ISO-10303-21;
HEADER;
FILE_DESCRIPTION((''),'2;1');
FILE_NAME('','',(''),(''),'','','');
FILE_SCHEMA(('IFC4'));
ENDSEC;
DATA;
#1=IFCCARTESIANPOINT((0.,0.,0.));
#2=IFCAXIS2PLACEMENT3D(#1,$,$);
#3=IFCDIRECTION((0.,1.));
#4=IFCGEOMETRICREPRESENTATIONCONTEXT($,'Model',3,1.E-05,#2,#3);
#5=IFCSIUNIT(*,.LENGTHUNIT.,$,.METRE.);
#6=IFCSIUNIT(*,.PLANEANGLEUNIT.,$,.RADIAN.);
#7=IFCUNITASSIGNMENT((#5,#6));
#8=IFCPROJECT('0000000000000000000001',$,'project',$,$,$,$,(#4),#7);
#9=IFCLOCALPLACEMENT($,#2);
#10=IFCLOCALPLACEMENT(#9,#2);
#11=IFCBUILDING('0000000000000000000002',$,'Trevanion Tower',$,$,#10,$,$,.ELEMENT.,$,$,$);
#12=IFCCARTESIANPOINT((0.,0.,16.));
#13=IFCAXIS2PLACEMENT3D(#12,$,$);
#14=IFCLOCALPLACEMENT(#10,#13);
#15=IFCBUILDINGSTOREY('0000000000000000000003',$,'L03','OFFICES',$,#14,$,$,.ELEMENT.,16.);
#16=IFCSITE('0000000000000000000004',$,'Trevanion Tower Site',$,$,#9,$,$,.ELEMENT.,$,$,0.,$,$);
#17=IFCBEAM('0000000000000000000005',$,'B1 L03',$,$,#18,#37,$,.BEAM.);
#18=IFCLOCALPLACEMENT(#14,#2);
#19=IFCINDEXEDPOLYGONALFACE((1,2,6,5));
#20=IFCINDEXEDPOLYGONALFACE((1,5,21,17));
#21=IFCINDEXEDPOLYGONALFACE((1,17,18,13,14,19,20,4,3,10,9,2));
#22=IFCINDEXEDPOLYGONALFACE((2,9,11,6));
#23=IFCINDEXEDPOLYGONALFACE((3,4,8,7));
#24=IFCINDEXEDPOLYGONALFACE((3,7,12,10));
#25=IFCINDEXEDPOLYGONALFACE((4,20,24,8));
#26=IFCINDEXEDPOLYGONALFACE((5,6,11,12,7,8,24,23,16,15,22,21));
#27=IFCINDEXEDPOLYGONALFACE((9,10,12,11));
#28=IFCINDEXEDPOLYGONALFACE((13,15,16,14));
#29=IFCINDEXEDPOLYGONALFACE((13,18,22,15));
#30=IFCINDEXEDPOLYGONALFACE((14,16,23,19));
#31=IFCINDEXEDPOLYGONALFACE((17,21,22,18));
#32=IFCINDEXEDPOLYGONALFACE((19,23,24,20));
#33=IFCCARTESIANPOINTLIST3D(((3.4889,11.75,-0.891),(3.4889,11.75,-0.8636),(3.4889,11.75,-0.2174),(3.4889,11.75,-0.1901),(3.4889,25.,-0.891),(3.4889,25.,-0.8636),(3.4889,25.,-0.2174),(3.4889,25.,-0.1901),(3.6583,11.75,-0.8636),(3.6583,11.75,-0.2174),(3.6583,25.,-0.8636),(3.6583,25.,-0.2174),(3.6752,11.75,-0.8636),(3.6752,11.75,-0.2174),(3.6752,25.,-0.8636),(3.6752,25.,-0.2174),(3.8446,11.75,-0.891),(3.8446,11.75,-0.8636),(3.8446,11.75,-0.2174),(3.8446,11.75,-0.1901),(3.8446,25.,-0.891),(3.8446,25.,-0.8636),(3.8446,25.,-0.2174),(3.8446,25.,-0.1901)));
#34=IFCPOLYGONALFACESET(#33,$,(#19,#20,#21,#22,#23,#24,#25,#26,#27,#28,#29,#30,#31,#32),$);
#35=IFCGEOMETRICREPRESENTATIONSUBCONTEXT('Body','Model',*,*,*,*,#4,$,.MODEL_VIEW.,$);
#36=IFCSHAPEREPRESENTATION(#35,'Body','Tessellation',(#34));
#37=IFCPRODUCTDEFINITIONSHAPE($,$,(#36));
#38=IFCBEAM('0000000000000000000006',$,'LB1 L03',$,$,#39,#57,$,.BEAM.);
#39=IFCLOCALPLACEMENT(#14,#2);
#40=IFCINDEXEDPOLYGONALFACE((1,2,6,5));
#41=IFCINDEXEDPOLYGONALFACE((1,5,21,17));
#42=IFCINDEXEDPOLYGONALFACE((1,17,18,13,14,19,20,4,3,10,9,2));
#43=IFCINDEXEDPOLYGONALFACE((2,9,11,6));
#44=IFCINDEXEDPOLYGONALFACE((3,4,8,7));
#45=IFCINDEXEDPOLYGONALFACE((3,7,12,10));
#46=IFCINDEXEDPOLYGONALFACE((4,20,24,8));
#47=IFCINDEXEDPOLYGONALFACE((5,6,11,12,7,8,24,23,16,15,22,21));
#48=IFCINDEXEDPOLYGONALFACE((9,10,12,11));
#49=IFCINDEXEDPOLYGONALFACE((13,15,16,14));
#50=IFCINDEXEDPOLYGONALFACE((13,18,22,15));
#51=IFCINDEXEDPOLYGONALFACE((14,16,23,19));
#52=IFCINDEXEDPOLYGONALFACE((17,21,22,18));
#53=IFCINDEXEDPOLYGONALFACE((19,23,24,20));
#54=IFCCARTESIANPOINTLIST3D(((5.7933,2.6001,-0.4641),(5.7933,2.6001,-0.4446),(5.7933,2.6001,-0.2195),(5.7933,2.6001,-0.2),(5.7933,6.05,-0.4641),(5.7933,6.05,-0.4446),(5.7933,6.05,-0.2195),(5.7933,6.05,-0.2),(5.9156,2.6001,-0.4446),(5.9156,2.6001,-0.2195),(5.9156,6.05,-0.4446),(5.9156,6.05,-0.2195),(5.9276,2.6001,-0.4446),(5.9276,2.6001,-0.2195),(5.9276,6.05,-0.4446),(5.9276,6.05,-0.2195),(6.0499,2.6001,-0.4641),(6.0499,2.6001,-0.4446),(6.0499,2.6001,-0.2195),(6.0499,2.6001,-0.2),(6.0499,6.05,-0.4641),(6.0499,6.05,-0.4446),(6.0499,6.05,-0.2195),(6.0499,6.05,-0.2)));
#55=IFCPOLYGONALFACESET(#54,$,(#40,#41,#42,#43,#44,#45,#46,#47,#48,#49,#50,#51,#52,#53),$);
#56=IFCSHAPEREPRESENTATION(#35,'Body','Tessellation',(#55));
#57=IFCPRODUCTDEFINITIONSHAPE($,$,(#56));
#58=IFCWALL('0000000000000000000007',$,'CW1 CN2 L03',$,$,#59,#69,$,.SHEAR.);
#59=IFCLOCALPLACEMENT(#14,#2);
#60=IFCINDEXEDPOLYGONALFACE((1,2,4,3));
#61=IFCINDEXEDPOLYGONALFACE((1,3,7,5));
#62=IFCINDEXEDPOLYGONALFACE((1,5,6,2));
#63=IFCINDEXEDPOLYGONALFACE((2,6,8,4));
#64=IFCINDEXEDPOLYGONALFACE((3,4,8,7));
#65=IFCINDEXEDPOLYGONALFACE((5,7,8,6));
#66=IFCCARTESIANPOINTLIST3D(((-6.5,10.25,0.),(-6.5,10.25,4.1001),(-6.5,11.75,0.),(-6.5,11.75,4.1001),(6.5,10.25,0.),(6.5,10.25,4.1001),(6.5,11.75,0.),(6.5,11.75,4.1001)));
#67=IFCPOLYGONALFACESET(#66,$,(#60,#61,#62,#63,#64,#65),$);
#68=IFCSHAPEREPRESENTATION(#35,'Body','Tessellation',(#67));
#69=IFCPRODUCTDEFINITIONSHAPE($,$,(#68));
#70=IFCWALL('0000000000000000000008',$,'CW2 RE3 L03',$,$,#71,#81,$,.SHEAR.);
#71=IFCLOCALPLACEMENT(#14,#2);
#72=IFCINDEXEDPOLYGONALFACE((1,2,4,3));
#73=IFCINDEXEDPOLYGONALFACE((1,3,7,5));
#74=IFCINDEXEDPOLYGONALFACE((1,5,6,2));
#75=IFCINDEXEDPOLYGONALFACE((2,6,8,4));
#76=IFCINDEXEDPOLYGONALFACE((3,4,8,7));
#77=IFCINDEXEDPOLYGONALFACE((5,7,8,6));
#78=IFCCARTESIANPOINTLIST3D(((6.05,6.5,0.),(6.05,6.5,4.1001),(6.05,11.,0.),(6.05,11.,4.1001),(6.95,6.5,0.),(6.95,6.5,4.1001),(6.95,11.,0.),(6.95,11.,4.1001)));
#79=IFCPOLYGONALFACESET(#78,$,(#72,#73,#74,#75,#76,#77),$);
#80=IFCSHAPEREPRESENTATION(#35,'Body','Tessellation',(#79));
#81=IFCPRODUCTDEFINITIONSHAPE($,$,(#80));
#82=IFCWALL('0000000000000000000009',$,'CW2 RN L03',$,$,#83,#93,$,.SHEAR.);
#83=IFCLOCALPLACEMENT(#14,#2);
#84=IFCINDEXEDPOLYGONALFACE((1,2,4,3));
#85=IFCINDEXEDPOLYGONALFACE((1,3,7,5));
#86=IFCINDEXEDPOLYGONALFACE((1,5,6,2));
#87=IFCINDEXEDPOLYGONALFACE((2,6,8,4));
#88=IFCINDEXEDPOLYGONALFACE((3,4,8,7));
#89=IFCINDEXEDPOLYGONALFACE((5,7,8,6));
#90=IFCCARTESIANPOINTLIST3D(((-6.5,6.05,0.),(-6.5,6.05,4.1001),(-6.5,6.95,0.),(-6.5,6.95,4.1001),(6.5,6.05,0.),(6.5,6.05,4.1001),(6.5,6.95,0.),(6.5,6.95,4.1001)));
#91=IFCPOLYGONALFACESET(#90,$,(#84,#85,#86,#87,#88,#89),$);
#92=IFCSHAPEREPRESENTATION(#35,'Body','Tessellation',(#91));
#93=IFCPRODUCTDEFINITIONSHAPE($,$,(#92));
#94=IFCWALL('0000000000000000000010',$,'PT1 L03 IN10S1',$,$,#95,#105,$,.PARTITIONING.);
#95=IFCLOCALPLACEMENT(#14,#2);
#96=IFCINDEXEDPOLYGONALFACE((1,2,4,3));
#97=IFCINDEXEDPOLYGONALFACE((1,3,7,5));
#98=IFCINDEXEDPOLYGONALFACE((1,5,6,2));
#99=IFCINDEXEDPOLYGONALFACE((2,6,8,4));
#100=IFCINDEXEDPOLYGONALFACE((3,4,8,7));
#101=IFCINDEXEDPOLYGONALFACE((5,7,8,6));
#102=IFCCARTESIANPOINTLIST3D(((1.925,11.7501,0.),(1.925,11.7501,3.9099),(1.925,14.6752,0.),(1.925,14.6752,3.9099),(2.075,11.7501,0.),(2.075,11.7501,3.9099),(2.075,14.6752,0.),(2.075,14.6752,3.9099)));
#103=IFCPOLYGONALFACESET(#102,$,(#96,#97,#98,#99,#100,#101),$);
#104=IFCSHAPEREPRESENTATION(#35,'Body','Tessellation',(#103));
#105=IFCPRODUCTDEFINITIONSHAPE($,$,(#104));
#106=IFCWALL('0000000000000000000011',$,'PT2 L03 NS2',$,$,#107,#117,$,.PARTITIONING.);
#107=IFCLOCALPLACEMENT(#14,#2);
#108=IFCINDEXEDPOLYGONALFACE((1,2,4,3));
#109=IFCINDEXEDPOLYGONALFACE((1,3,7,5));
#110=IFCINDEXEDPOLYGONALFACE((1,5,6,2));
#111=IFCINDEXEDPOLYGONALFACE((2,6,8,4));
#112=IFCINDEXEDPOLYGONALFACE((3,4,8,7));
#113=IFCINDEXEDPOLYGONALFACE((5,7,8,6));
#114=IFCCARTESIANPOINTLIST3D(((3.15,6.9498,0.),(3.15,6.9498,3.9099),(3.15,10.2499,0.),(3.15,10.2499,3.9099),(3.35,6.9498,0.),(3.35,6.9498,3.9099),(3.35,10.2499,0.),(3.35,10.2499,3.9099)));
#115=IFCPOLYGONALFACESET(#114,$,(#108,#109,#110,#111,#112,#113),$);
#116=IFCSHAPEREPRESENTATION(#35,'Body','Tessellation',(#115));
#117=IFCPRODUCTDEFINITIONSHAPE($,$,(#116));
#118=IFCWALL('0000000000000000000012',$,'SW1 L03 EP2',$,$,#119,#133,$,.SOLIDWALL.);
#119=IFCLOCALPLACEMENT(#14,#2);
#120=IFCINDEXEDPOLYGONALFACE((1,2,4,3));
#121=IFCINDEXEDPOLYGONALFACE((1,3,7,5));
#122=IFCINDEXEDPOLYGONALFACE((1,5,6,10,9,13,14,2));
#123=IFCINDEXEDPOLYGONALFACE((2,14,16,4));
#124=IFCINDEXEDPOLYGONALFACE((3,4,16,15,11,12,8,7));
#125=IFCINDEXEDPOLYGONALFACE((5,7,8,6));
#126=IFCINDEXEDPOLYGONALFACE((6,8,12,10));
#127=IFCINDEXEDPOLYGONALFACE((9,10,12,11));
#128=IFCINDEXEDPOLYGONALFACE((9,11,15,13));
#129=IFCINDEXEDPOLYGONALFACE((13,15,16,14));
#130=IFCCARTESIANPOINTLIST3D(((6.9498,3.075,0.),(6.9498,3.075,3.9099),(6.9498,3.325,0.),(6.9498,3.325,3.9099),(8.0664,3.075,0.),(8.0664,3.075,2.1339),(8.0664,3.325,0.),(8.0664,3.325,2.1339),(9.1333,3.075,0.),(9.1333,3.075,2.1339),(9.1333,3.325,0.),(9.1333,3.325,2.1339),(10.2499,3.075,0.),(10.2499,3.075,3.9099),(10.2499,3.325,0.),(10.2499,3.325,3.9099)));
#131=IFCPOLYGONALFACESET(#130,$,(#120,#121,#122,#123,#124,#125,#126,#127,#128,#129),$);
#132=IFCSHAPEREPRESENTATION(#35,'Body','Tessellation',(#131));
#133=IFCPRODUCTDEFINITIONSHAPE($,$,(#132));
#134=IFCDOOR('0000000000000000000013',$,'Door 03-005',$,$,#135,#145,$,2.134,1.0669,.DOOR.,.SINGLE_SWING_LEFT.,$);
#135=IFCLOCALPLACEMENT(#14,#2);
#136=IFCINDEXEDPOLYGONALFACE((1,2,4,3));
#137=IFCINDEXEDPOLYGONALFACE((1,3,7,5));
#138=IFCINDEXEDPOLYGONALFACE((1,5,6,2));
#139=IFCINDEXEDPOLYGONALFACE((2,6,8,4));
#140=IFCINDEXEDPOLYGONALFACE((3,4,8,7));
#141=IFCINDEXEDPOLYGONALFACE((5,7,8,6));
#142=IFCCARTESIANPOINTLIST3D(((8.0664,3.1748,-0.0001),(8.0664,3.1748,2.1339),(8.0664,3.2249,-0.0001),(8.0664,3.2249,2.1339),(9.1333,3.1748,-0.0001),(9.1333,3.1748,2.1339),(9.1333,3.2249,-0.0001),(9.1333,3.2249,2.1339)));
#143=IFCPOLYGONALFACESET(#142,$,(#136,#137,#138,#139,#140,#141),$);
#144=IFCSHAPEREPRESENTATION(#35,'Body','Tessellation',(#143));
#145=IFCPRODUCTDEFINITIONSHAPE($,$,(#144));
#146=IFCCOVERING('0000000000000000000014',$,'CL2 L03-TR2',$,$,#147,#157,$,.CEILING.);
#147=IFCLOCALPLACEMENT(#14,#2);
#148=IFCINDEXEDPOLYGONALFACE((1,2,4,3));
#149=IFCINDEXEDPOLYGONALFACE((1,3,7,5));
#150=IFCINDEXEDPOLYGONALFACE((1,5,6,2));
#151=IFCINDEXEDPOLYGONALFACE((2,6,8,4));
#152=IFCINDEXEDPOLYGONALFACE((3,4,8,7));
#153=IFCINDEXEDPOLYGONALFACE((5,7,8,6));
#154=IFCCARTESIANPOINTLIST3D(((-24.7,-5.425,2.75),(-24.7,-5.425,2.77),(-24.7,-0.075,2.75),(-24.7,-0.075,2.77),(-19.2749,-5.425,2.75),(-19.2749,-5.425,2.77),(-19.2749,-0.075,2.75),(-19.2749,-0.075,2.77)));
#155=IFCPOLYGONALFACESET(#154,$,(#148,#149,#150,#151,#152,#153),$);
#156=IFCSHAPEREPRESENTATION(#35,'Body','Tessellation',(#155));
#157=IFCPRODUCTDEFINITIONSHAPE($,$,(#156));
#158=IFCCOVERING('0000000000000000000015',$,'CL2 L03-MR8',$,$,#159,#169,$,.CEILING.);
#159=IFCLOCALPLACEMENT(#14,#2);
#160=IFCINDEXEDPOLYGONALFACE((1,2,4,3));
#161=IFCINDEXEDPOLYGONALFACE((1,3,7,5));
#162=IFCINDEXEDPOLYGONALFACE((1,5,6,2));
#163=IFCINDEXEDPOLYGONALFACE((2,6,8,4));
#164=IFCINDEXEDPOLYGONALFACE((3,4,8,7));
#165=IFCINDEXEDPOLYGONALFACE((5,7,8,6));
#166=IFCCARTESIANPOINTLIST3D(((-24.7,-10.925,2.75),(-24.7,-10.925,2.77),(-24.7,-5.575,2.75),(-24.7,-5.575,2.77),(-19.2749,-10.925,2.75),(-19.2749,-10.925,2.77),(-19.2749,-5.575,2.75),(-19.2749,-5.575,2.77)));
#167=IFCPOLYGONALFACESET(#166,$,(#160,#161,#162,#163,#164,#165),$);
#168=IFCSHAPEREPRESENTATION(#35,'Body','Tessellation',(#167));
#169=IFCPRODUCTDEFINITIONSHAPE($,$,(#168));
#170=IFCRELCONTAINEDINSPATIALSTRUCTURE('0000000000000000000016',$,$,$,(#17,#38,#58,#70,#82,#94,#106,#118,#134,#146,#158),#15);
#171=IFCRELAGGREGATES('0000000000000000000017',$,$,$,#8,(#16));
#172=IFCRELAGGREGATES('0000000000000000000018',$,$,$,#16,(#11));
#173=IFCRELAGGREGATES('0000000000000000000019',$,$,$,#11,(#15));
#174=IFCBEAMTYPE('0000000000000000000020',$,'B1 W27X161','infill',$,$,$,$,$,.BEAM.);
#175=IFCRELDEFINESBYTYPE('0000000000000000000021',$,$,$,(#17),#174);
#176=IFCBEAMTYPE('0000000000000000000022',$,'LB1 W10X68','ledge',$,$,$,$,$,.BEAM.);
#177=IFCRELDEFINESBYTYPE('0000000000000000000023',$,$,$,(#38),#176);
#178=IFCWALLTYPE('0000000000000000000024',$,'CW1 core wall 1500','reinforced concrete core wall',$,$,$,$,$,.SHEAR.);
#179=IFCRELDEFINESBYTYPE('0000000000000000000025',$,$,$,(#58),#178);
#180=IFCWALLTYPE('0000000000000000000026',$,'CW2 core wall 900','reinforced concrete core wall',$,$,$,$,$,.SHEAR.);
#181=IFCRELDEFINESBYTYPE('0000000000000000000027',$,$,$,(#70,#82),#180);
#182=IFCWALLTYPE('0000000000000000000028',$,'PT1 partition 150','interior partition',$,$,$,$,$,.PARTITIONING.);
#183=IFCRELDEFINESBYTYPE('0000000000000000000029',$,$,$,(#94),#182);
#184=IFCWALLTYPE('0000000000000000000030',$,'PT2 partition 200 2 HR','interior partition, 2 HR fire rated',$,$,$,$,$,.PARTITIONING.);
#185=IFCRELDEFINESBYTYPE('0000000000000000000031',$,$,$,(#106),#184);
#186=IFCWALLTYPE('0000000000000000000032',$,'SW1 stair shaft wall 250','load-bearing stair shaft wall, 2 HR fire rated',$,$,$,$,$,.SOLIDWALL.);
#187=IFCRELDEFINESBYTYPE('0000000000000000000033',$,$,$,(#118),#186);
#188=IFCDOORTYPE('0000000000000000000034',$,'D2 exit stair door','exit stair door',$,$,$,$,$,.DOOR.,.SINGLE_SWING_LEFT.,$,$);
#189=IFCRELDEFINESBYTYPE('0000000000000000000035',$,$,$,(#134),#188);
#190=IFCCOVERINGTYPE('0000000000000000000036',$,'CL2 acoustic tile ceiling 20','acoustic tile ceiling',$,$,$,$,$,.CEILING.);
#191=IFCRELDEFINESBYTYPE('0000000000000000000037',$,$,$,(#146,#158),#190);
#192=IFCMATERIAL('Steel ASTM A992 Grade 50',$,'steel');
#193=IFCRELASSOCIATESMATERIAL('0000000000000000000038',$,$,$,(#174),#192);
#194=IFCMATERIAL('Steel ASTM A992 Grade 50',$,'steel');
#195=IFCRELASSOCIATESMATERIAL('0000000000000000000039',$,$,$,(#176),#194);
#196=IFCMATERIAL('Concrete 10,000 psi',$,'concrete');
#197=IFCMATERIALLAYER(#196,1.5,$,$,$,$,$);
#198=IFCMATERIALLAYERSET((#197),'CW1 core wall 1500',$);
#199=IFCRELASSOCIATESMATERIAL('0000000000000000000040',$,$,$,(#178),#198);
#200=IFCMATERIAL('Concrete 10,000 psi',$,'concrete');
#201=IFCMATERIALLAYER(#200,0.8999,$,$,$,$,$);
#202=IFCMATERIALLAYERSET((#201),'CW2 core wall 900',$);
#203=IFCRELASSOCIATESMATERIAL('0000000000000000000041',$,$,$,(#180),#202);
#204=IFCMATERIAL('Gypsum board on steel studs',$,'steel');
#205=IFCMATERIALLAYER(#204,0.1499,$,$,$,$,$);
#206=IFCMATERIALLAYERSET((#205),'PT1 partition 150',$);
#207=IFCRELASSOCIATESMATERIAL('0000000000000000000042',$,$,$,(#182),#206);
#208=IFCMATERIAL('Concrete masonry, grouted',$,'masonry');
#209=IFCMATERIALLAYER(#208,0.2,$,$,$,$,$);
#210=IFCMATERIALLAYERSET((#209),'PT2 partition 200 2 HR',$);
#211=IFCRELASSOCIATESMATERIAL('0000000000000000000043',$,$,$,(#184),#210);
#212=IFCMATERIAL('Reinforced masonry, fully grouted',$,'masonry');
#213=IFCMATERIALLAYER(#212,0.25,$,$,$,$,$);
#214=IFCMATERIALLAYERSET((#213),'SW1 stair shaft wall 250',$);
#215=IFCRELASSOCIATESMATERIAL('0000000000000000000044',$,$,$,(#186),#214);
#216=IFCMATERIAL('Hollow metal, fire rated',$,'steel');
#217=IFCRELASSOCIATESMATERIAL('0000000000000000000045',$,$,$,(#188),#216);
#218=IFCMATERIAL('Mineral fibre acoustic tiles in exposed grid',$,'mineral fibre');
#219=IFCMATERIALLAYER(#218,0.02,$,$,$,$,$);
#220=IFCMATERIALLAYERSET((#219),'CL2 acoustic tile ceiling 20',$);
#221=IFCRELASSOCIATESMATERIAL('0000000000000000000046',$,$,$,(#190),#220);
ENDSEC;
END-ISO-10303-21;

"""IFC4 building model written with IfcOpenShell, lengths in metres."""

from ifc_helpers import new_model, si_unit, direction, frame, frame_2d, origin, origin_2d, place, context, subcontext, project, spatial, polyline, rectangle, i_section, outline, extrude, material, layer, layer_set, material_profile, profile_set, type_object, element, fill, save


model = new_model("IFC4")

# Units and contexts
model_context = context("Model", 3, precision=1e-05, world=origin(), true_north=direction((0.0, 1.0)))
body_context = subcontext(model_context, "Body", "Model", "MODEL_VIEW")
ifc_project = project(units=[si_unit("LENGTHUNIT", "METRE"), si_unit("PLANEANGLEUNIT", "RADIAN")], contexts=[model_context])

# Site, building, storey
site_placement = place(None, origin())
site = spatial("IfcSite", under=ifc_project, at=site_placement, Name="Trevanion Tower Site", CompositionType="ELEMENT", RefElevation=0.0)
building_placement = place(site_placement, origin())
building = spatial("IfcBuilding", under=site, at=building_placement, Name="Trevanion Tower", CompositionType="ELEMENT")
storey_placement = place(building_placement, frame((0.0, 0.0, 16.0)))
storey = spatial("IfcBuildingStorey", under=building, at=storey_placement, Name="L03", Description="OFFICES", CompositionType="ELEMENT", Elevation=16.0)

# Beams
ifc_material_1 = material(Name="Steel ASTM A992 Grade 50", Category="steel")
ifc_material_profile_1 = material_profile(ifc_material_1, i_section(OverallWidth=0.3557, OverallDepth=0.7009, WebThickness=0.0168, FlangeThickness=0.0273, at=origin_2d()), Name="W27X161")
ifc_profile_set_1 = profile_set([ifc_material_profile_1], Name="Steel ASTM A992 Grade 50")
beam_type_1 = type_object("IfcBeamType", Name="B1 W27X161", Description="infill", PredefinedType="BEAM", material=ifc_profile_set_1)
beam_1_placement = place(storey_placement, frame((3.6667, 11.75, -0.5405), z_axis=(0.0, 1.0, 0.0), x_axis=(-1.0, 0.0, 0.0)))
element("IfcBeam", 1, at=beam_1_placement, inside=storey, type_object=beam_type_1, Name="B1 L03", PredefinedType="BEAM", context=body_context, shape_type="SweptSolid", body=[
    extrude(i_section(OverallWidth=0.3557, OverallDepth=0.7009, WebThickness=0.0168, FlangeThickness=0.0273, at=origin_2d()), origin(), (0.0, 0.0, 1.0), 13.25),
])
ifc_material_2 = material(Name="Steel ASTM A992 Grade 50", Category="steel")
ifc_material_profile_2 = material_profile(ifc_material_2, i_section(OverallWidth=0.2566, OverallDepth=0.2642, WebThickness=0.012, FlangeThickness=0.0195, at=origin_2d()), Name="W10X68")
ifc_profile_set_2 = profile_set([ifc_material_profile_2], Name="Steel ASTM A992 Grade 50")
beam_type_2 = type_object("IfcBeamType", Name="LB1 W10X68", Description="ledge", PredefinedType="BEAM", material=ifc_profile_set_2)
beam_2_placement = place(storey_placement, frame((5.9216, 2.6001, -0.332), z_axis=(0.0, 1.0, 0.0), x_axis=(-1.0, 0.0, 0.0)))
element("IfcBeam", 2, at=beam_2_placement, inside=storey, type_object=beam_type_2, Name="LB1 L03", PredefinedType="BEAM", context=body_context, shape_type="SweptSolid", body=[
    extrude(i_section(OverallWidth=0.2566, OverallDepth=0.2642, WebThickness=0.012, FlangeThickness=0.0195, at=origin_2d()), origin(), (0.0, 0.0, 1.0), 3.45),
])

# Walls
ifc_material_3 = material(Name="Concrete 10,000 psi", Category="concrete")
ifc_layer_1 = layer(ifc_material_3, 1.5)
ifc_layer_set_1 = layer_set([ifc_layer_1], Name="CW1 core wall 1500")
wall_type_1 = type_object("IfcWallType", Name="CW1 core wall 1500", Description="reinforced concrete core wall", PredefinedType="SHEAR", material=ifc_layer_set_1)
wall_1_placement = place(storey_placement, frame((6.5, 11.0, 0.0), z_axis=(0.0, 0.0, 1.0), x_axis=(-1.0, 0.0, 0.0)))
element("IfcWall", 3, at=wall_1_placement, inside=storey, type_object=wall_type_1, Name="CW1 CN2 L03", PredefinedType="SHEAR", context=body_context, shape_type="SweptSolid", body=[
    extrude(rectangle(XDim=13.0, YDim=1.5, at=frame_2d((6.5, 0.0))), origin(), (0.0, 0.0, 1.0), 4.1001),
])
ifc_material_4 = material(Name="Concrete 10,000 psi", Category="concrete")
ifc_layer_2 = layer(ifc_material_4, 0.8999)
ifc_layer_set_2 = layer_set([ifc_layer_2], Name="CW2 core wall 900")
wall_type_2 = type_object("IfcWallType", Name="CW2 core wall 900", Description="reinforced concrete core wall", PredefinedType="SHEAR", material=ifc_layer_set_2)
wall_2_placement = place(storey_placement, frame((6.5, 6.5, 0.0), z_axis=(0.0, 0.0, 1.0), x_axis=(0.0, 1.0, 0.0)))
element("IfcWall", 4, at=wall_2_placement, inside=storey, type_object=wall_type_2, Name="CW2 RE3 L03", PredefinedType="SHEAR", context=body_context, shape_type="SweptSolid", body=[
    extrude(rectangle(XDim=4.5, YDim=0.8999, at=frame_2d((2.25, 0.0))), origin(), (0.0, 0.0, 1.0), 4.1001),
])
wall_3_placement = place(storey_placement, frame((6.5, 6.5, 0.0), z_axis=(0.0, 0.0, 1.0), x_axis=(-1.0, 0.0, 0.0)))
element("IfcWall", 5, at=wall_3_placement, inside=storey, type_object=wall_type_2, Name="CW2 RN L03", PredefinedType="SHEAR", context=body_context, shape_type="SweptSolid", body=[
    extrude(rectangle(XDim=13.0, YDim=0.8999, at=frame_2d((6.5, 0.0))), origin(), (0.0, 0.0, 1.0), 4.1001),
])
ifc_material_5 = material(Name="Gypsum board on steel studs", Category="steel")
ifc_layer_3 = layer(ifc_material_5, 0.1499)
ifc_layer_set_3 = layer_set([ifc_layer_3], Name="PT1 partition 150")
wall_type_3 = type_object("IfcWallType", Name="PT1 partition 150", Description="interior partition", PredefinedType="PARTITIONING", material=ifc_layer_set_3)
wall_4_placement = place(storey_placement, frame((2.0, 14.675, 0.0), z_axis=(0.0, 0.0, 1.0), x_axis=(0.0, -1.0, 0.0)))
element("IfcWall", 6, at=wall_4_placement, inside=storey, type_object=wall_type_3, Name="PT1 L03 IN10S1", PredefinedType="PARTITIONING", context=body_context, shape_type="SweptSolid", body=[
    extrude(rectangle(XDim=2.925, YDim=0.1499, at=frame_2d((1.4624, 0.0))), origin(), (0.0, 0.0, 1.0), 3.9099),
])
ifc_material_6 = material(Name="Concrete masonry, grouted", Category="masonry")
ifc_layer_4 = layer(ifc_material_6, 0.2)
ifc_layer_set_4 = layer_set([ifc_layer_4], Name="PT2 partition 200 2 HR")
wall_type_4 = type_object("IfcWallType", Name="PT2 partition 200 2 HR", Description="interior partition, 2 HR fire rated", PredefinedType="PARTITIONING", material=ifc_layer_set_4)
wall_5_placement = place(storey_placement, frame((3.25, 6.95, 0.0), z_axis=(0.0, 0.0, 1.0), x_axis=(0.0, 1.0, 0.0)))
element("IfcWall", 7, at=wall_5_placement, inside=storey, type_object=wall_type_4, Name="PT2 L03 NS2", PredefinedType="PARTITIONING", context=body_context, shape_type="SweptSolid", body=[
    extrude(rectangle(XDim=3.3, YDim=0.2, at=frame_2d((1.6499, 0.0))), origin(), (0.0, 0.0, 1.0), 3.9099),
])

# Wall, opening, door
ifc_material_7 = material(Name="Reinforced masonry, fully grouted", Category="masonry")
ifc_layer_5 = layer(ifc_material_7, 0.25)
ifc_layer_set_5 = layer_set([ifc_layer_5], Name="SW1 stair shaft wall 250")
wall_type_5 = type_object("IfcWallType", Name="SW1 stair shaft wall 250", Description="load-bearing stair shaft wall, 2 HR fire rated", PredefinedType="SOLIDWALL", material=ifc_layer_set_5)
wall_6_placement = place(storey_placement, frame((6.95, 3.2, 0.0), z_axis=(0.0, 0.0, 1.0), x_axis=(1.0, 0.0, 0.0)))
wall_6 = element("IfcWall", 8, at=wall_6_placement, inside=storey, type_object=wall_type_5, Name="SW1 L03 EP2", PredefinedType="SOLIDWALL", context=body_context, shape_type="SweptSolid", body=[
    extrude(rectangle(XDim=3.3, YDim=0.25, at=frame_2d((1.6499, 0.0))), origin(), (0.0, 0.0, 1.0), 3.9099),
])
opening_placement = place(wall_6_placement, frame((1.1165, 0.0, 0.0)))
opening = element("IfcOpeningElement", 9, at=opening_placement, cuts=wall_6, PredefinedType="OPENING", context=body_context, shape_type="SweptSolid", body=[
    extrude(rectangle(XDim=1.0669, YDim=2.134, at=frame_2d((0.5334, 1.0669))), frame((0.0, 0.135, 0.0), z_axis=(0.0, -1.0, 0.0), x_axis=(1.0, 0.0, 0.0)), (0.0, 0.0, 1.0), 0.27),
])
ifc_material_8 = material(Name="Hollow metal, fire rated", Category="steel")
door_type = type_object("IfcDoorType", Name="D2 exit stair door", Description="exit stair door", OperationType="SINGLE_SWING_LEFT", PredefinedType="DOOR", material=ifc_material_8)
door_placement = place(opening_placement, origin())
door = element("IfcDoor", 10, at=door_placement, inside=storey, type_object=door_type, Name="Door 03-005", OperationType="SINGLE_SWING_LEFT", OverallHeight=2.134, OverallWidth=1.0669, PredefinedType="DOOR", context=body_context, shape_type="SweptSolid", body=[
    extrude(rectangle(XDim=1.0669, YDim=2.134, at=frame_2d((0.5334, 1.0669))), frame((0.0, 0.0249, 0.0), z_axis=(0.0, -1.0, 0.0), x_axis=(1.0, 0.0, 0.0)), (0.0, 0.0, 1.0), 0.05),
])
fill(opening, door)

# Coverings
ifc_material_9 = material(Name="Mineral fibre acoustic tiles in exposed grid", Category="mineral fibre")
ifc_layer_6 = layer(ifc_material_9, 0.02)
ifc_layer_set_6 = layer_set([ifc_layer_6], Name="CL2 acoustic tile ceiling 20")
covering_type_1 = type_object("IfcCoveringType", Name="CL2 acoustic tile ceiling 20", Description="acoustic tile ceiling", PredefinedType="CEILING", material=ifc_layer_set_6)
covering_1_placement = place(storey_placement, frame((0.0, 0.0, 2.75)))
element("IfcCovering", 11, at=covering_1_placement, inside=storey, type_object=covering_type_1, Name="CL2 L03-TR2", PredefinedType="CEILING", context=body_context, shape_type="SweptSolid", body=[
    extrude(outline(polyline([(-19.2749, -0.075), (-19.2749, -5.425), (-24.7, -5.425), (-24.7, -0.075), (-19.2749, -0.075)])), origin(), (0.0, 0.0, 1.0), 0.02),
])
covering_2_placement = place(storey_placement, frame((0.0, 0.0, 2.75)))
element("IfcCovering", 12, at=covering_2_placement, inside=storey, type_object=covering_type_1, Name="CL2 L03-MR8", PredefinedType="CEILING", context=body_context, shape_type="SweptSolid", body=[
    extrude(outline(polyline([(-19.2749, -5.575), (-19.2749, -10.925), (-24.7, -10.925), (-24.7, -5.575), (-19.2749, -5.575)])), origin(), (0.0, 0.0, 1.0), 0.02),
])

save(model, "model.ifc")
